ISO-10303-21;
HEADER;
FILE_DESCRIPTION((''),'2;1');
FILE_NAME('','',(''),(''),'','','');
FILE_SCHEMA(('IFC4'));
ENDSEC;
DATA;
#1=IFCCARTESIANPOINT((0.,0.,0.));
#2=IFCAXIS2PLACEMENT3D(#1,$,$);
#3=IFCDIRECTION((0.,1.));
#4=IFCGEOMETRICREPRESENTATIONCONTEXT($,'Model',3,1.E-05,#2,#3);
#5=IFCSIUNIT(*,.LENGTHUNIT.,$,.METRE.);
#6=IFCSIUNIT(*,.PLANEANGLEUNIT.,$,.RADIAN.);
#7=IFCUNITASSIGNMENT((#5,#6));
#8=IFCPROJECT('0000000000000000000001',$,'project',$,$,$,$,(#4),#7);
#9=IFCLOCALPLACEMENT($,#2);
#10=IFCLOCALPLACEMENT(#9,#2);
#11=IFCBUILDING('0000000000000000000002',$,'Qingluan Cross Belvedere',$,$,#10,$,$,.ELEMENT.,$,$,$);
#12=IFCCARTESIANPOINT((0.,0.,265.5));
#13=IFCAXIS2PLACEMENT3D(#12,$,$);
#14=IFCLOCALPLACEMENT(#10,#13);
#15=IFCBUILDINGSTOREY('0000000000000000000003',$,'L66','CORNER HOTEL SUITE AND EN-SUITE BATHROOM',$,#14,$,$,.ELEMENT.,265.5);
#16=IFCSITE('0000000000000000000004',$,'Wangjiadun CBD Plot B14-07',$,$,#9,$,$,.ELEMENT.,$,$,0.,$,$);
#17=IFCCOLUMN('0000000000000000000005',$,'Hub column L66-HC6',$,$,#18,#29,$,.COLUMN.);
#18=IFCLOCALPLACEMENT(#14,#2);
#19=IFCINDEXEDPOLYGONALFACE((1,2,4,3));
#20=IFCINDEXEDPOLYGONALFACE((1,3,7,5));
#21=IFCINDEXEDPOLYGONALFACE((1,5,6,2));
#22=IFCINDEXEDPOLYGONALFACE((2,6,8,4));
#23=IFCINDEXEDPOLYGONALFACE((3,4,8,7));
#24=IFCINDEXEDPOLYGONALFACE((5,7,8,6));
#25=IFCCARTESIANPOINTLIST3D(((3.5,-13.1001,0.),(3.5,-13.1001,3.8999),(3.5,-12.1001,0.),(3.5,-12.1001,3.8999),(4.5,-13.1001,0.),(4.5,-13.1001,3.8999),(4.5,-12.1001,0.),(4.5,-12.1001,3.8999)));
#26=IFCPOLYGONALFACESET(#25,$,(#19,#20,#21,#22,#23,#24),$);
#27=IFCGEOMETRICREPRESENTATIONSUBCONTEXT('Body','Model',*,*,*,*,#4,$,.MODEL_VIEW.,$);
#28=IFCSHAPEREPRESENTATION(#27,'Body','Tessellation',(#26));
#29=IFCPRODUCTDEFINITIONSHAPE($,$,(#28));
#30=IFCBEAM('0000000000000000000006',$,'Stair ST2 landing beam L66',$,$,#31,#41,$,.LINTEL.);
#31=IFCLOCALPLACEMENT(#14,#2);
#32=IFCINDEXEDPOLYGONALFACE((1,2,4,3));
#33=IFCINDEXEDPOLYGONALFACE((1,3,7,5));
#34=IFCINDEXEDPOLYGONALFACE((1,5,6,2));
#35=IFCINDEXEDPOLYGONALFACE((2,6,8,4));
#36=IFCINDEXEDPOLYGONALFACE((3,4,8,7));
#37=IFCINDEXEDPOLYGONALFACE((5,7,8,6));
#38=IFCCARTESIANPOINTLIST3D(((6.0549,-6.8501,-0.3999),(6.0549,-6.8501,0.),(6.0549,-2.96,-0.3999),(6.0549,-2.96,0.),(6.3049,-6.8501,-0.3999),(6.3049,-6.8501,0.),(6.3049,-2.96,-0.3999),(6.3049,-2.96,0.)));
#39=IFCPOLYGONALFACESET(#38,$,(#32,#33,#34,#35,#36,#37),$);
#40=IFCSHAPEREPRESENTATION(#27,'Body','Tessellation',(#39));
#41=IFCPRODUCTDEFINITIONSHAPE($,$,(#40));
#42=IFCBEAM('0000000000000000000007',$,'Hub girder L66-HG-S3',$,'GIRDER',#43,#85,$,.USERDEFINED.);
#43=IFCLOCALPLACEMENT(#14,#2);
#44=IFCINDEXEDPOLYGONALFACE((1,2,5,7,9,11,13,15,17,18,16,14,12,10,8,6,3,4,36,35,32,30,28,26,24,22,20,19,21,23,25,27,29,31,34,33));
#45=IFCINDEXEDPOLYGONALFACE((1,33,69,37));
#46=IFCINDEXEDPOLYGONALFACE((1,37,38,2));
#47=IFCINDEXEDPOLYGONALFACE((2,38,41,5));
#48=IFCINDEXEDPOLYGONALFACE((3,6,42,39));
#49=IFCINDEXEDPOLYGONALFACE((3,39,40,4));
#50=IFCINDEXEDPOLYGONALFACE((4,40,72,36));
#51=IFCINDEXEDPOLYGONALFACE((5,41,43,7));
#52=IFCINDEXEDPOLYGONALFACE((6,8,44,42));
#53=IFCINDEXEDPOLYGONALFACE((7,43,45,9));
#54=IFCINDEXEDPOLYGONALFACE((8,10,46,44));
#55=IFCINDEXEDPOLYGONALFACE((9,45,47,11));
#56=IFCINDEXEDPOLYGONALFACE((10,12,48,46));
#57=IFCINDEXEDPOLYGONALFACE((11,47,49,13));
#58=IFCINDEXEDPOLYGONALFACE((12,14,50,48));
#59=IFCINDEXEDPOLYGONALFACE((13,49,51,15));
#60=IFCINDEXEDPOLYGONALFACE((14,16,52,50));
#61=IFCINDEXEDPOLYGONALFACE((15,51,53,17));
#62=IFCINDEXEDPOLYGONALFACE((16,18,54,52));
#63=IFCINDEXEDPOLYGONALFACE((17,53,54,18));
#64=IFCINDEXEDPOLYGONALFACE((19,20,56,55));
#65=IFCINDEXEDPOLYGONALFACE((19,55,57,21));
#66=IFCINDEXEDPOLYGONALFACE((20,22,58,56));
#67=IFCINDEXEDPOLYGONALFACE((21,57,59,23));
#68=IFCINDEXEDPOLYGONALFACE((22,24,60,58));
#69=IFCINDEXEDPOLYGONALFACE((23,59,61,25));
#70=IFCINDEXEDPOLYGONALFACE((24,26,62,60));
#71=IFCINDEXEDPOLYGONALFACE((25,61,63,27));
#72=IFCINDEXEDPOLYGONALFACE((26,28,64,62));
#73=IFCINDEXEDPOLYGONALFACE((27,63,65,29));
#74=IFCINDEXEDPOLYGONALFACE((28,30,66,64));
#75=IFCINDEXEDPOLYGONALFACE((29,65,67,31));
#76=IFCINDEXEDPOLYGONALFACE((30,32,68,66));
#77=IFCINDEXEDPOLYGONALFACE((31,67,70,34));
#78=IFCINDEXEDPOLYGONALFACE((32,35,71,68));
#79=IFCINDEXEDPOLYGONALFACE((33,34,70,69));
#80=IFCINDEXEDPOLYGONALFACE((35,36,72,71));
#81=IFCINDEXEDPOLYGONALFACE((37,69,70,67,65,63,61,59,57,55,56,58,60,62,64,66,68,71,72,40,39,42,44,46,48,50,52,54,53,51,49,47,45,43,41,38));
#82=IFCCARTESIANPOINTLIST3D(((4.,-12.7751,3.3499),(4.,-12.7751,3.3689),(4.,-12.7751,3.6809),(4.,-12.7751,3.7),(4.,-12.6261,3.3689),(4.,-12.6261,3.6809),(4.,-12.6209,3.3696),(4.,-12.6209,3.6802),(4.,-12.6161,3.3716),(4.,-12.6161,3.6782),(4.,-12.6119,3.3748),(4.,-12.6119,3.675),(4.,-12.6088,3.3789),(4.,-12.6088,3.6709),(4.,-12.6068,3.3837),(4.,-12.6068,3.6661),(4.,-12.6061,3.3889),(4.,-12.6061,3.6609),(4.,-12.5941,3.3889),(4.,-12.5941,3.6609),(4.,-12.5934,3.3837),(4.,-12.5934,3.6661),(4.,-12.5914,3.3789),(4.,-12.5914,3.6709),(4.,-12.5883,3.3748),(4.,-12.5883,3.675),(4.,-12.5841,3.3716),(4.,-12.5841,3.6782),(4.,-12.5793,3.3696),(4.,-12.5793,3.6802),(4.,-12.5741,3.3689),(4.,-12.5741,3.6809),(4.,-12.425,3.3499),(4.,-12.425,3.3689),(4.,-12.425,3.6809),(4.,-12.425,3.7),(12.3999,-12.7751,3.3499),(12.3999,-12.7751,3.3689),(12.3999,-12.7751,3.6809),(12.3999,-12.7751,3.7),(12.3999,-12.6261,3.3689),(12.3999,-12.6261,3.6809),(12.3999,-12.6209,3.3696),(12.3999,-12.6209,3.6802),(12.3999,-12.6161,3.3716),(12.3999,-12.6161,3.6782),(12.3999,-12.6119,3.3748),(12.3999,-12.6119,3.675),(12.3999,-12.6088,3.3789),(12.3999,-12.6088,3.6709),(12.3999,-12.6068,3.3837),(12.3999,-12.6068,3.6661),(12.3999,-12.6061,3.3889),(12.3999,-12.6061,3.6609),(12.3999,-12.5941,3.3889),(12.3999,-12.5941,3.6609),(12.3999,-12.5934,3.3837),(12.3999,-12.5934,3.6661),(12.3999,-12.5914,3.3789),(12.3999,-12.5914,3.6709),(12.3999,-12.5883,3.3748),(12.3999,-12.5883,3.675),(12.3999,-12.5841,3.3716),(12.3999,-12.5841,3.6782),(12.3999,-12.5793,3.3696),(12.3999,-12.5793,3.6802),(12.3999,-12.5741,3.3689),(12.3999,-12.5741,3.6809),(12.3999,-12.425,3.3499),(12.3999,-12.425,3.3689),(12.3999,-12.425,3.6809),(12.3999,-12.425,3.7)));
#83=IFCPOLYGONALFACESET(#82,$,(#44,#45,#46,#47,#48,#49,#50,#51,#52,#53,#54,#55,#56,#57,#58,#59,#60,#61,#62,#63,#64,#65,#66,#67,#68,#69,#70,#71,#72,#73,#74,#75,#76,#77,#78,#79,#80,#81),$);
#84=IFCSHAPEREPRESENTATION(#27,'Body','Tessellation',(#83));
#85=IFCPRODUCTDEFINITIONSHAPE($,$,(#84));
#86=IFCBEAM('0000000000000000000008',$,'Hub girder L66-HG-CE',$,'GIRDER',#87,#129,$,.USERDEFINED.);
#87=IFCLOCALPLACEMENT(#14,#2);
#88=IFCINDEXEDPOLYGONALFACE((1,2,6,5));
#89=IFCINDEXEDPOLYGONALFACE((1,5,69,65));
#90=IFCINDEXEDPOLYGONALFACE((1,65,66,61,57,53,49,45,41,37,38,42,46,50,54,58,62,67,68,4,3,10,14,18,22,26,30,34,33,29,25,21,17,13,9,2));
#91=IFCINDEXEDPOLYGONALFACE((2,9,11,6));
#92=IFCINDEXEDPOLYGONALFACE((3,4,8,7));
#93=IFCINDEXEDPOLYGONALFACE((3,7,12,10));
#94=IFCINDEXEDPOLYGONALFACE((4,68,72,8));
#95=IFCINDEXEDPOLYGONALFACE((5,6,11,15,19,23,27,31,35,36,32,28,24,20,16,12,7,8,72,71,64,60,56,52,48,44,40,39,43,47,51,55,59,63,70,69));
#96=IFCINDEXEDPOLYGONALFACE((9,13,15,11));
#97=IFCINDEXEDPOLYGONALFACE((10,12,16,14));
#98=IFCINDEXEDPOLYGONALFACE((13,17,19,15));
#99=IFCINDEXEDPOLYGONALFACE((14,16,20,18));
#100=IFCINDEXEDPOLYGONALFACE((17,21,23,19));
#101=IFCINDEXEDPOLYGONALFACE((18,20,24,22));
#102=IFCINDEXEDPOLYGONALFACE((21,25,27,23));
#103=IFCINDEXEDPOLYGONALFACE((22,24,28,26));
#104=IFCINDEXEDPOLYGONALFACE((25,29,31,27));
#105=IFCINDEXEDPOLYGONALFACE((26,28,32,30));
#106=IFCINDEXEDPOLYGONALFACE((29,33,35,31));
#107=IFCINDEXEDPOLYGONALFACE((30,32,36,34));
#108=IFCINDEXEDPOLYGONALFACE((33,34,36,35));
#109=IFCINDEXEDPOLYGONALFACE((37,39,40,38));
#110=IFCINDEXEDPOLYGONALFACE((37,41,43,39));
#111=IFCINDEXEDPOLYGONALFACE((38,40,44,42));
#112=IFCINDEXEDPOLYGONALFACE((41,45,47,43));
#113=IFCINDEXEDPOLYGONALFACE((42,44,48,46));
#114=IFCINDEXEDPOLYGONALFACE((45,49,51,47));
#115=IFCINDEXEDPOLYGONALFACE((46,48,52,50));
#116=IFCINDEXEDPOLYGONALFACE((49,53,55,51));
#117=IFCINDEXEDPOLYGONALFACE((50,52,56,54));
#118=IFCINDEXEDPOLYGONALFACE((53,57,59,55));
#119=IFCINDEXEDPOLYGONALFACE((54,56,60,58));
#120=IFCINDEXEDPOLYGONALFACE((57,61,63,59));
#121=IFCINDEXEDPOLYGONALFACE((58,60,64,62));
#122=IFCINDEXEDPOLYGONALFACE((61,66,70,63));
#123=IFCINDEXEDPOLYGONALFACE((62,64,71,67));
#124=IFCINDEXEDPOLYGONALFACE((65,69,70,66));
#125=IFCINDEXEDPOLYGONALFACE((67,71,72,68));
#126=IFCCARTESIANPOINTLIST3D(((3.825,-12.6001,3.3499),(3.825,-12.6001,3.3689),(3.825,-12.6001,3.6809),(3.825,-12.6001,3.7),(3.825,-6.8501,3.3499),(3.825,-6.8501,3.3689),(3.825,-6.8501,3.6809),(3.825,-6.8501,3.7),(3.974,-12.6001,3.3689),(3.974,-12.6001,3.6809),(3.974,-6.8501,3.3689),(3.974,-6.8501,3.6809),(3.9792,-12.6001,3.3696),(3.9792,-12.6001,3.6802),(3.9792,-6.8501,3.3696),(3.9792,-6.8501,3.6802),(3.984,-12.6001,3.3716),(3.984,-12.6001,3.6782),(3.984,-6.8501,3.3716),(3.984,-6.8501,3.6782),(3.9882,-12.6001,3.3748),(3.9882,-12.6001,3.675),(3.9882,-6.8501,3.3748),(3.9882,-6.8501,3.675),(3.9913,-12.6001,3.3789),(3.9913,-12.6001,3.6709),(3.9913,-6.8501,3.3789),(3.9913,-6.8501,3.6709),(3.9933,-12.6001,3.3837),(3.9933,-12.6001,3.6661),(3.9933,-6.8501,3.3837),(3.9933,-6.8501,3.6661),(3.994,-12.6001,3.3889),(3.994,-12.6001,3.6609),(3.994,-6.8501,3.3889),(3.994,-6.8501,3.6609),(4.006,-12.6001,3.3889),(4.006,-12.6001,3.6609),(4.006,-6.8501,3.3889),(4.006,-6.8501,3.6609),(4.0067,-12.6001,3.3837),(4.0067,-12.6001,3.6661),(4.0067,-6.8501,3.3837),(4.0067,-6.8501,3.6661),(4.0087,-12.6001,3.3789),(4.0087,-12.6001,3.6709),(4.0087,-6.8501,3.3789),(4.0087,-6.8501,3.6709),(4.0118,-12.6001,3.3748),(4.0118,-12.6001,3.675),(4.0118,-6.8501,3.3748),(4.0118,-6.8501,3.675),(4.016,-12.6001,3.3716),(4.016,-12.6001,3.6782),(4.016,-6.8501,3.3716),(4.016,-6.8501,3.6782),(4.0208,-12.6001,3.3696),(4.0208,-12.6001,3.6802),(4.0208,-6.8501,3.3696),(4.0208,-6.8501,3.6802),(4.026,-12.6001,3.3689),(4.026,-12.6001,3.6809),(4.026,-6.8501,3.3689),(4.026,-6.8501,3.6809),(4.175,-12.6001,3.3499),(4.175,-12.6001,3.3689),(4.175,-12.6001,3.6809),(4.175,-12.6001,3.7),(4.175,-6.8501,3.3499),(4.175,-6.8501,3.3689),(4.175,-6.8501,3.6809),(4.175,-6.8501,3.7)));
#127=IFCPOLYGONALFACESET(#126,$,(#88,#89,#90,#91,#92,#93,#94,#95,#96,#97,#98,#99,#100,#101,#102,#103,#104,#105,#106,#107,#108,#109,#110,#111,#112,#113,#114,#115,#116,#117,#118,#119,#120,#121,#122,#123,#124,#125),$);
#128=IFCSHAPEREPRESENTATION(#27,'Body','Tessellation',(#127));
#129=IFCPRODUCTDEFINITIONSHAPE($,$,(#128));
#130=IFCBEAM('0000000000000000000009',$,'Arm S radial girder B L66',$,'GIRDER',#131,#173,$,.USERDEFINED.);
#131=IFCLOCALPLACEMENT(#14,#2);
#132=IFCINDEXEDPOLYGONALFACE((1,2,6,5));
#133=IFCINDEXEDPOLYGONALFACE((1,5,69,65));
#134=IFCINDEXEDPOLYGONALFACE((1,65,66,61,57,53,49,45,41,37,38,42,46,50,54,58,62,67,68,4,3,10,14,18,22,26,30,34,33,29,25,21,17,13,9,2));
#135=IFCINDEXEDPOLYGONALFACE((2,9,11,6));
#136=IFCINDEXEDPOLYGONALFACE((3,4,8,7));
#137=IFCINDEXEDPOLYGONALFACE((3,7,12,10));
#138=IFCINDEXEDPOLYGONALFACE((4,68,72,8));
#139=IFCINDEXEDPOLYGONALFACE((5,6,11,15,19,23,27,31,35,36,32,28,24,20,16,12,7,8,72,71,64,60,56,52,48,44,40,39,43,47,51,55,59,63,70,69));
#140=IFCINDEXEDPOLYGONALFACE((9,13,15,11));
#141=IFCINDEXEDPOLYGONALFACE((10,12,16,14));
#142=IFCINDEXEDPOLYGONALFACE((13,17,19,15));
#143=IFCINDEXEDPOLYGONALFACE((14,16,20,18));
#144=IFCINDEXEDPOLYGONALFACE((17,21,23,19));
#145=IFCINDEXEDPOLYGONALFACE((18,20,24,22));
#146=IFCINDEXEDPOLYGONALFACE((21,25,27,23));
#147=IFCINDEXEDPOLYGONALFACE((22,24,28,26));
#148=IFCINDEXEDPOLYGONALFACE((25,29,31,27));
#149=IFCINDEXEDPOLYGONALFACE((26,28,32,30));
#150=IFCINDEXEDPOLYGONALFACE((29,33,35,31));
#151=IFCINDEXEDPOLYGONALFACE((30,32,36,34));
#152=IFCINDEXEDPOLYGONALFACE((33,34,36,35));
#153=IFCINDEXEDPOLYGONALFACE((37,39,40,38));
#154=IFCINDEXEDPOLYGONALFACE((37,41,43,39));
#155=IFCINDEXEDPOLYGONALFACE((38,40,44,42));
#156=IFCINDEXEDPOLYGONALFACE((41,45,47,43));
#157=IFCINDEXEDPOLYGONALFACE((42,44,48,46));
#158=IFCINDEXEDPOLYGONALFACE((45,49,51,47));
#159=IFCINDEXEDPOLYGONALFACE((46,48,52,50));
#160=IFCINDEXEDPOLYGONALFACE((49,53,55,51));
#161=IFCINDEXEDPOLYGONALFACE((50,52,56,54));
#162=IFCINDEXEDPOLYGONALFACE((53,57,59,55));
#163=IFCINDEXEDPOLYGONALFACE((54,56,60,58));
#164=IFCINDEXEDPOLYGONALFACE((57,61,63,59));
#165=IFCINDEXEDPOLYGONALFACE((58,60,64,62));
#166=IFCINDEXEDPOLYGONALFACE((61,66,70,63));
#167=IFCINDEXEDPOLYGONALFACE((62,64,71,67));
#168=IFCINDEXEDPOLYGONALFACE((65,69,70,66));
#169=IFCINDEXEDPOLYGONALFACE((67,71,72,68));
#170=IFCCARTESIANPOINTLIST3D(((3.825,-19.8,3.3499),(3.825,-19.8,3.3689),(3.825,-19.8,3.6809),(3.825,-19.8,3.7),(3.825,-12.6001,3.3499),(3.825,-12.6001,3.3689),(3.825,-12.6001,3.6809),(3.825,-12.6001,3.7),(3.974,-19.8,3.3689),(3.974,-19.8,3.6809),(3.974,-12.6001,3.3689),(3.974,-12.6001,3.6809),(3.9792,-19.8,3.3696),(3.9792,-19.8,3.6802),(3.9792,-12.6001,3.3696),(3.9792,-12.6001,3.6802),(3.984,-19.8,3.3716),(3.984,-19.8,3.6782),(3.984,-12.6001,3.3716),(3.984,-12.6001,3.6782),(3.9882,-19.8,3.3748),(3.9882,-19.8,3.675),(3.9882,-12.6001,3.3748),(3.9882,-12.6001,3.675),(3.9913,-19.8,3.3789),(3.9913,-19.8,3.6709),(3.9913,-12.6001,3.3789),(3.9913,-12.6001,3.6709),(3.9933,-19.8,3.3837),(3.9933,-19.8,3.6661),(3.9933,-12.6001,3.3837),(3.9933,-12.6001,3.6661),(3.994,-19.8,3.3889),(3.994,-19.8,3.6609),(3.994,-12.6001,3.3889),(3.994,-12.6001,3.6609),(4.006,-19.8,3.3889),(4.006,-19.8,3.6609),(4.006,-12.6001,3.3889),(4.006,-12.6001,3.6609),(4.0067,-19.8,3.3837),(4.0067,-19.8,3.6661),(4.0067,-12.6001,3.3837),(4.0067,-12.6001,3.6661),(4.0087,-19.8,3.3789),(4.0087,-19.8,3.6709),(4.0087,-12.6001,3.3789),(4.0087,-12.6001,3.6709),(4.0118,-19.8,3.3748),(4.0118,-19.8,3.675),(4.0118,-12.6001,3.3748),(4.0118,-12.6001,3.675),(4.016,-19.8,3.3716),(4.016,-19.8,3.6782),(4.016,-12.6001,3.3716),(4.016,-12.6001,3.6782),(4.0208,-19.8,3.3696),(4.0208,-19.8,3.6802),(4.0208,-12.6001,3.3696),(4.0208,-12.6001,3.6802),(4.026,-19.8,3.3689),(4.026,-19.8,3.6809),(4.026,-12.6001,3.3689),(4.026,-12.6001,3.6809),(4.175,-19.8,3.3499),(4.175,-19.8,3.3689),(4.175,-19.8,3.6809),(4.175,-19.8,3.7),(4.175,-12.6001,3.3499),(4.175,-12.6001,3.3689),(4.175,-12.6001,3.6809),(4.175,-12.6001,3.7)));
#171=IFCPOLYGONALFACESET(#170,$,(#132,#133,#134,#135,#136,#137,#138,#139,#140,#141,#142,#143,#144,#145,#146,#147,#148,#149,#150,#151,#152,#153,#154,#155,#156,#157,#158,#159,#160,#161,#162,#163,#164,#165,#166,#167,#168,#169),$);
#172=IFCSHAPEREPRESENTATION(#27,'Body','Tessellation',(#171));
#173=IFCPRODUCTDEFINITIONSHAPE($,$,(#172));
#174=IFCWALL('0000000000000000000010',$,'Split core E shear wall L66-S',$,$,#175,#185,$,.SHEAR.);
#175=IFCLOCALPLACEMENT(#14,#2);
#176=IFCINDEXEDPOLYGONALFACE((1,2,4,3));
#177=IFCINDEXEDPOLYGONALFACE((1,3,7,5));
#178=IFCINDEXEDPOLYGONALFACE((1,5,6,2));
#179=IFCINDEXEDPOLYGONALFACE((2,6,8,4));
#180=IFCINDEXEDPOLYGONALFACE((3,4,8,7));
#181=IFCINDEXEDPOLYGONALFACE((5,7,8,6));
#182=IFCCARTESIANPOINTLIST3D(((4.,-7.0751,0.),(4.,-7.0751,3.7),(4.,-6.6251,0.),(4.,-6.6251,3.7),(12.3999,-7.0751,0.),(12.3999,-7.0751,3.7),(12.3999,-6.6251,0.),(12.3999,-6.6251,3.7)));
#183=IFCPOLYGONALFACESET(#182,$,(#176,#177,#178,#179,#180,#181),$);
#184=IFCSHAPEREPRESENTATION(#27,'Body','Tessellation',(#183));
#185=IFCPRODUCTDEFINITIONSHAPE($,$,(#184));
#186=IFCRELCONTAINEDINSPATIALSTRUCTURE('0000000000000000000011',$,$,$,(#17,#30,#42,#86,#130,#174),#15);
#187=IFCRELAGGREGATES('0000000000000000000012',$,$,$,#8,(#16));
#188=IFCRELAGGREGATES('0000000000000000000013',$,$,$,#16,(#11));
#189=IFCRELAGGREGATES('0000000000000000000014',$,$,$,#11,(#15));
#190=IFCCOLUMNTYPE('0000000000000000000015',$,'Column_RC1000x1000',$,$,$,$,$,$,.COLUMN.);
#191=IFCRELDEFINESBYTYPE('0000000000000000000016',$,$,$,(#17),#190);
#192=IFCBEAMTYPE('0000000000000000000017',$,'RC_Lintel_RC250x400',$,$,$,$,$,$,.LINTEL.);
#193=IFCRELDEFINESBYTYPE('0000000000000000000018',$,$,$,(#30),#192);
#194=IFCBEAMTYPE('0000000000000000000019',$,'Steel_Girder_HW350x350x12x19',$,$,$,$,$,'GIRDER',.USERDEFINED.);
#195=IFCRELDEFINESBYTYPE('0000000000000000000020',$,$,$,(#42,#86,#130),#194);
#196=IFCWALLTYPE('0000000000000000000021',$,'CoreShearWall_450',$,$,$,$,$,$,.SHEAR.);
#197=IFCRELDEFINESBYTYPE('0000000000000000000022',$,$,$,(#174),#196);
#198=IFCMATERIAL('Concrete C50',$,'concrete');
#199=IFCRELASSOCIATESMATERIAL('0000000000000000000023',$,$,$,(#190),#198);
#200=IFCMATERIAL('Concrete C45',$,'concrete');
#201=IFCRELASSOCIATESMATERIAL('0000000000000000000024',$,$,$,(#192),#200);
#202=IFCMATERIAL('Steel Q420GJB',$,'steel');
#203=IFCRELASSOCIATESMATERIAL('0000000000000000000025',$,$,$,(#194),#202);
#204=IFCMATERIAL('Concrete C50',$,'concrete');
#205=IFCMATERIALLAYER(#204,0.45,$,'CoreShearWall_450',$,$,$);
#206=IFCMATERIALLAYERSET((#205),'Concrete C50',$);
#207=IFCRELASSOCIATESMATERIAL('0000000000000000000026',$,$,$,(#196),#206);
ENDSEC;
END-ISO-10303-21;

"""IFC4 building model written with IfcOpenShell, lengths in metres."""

from ifc_helpers import new_model, si_unit, direction, frame, frame_2d, origin, origin_2d, place, context, subcontext, project, spatial, rectangle, i_section, extrude, material, layer, layer_set, material_profile, profile_set, type_object, element, save


model = new_model("IFC4")

# Units and contexts
model_context = context("Model", 3, precision=1e-05, world=origin(), true_north=direction((0.0, 1.0)))
body_context = subcontext(model_context, "Body", "Model", "MODEL_VIEW")
ifc_project = project(units=[si_unit("LENGTHUNIT", "METRE"), si_unit("PLANEANGLEUNIT", "RADIAN")], contexts=[model_context])

# Site, building, storey
site_placement = place(None, origin())
site = spatial("IfcSite", under=ifc_project, at=site_placement, Name="Wangjiadun CBD Plot B14-07", CompositionType="ELEMENT", RefElevation=0.0)
building_placement = place(site_placement, origin())
building = spatial("IfcBuilding", under=site, at=building_placement, Name="Qingluan Cross Belvedere", CompositionType="ELEMENT")
storey_placement = place(building_placement, frame((0.0, 0.0, 265.5)))
storey = spatial("IfcBuildingStorey", under=building, at=storey_placement, Name="L66", Description="CORNER HOTEL SUITE AND EN-SUITE BATHROOM", CompositionType="ELEMENT", Elevation=265.5)

# Column
ifc_material_1 = material(Name="Concrete C50", Category="concrete")
ifc_material_profile_1 = material_profile(ifc_material_1, rectangle(XDim=1.0, YDim=1.0, at=origin_2d()), Name="RC1000x1000")
ifc_profile_set_1 = profile_set([ifc_material_profile_1], Name="Concrete C50")
column_type = type_object("IfcColumnType", Name="Column_RC1000x1000", PredefinedType="COLUMN", material=ifc_profile_set_1)
column_placement = place(storey_placement, frame((4.0, -12.6001, 0.0), z_axis=(0.0, 0.0, 1.0), x_axis=(1.0, 0.0, 0.0)))
element("IfcColumn", 1, at=column_placement, inside=storey, type_object=column_type, Name="Hub column L66-HC6", PredefinedType="COLUMN", context=body_context, shape_type="SweptSolid", body=[
    extrude(rectangle(XDim=1.0, YDim=1.0, at=origin_2d()), origin(), (0.0, 0.0, 1.0), 3.8999),
])

# Beams
ifc_material_2 = material(Name="Concrete C45", Category="concrete")
ifc_material_profile_2 = material_profile(ifc_material_2, rectangle(XDim=0.25, YDim=0.3999, at=origin_2d()), Name="RC250x400")
ifc_profile_set_2 = profile_set([ifc_material_profile_2], Name="Concrete C45")
beam_type_1 = type_object("IfcBeamType", Name="RC_Lintel_RC250x400", PredefinedType="LINTEL", material=ifc_profile_set_2)
beam_1_placement = place(storey_placement, frame((6.1799, -6.8501, -0.2), z_axis=(0.0, 1.0, 0.0), x_axis=(-1.0, 0.0, 0.0)))
element("IfcBeam", 2, at=beam_1_placement, inside=storey, type_object=beam_type_1, Name="Stair ST2 landing beam L66", PredefinedType="LINTEL", context=body_context, shape_type="SweptSolid", body=[
    extrude(rectangle(XDim=0.25, YDim=0.3999, at=origin_2d()), origin(), (0.0, 0.0, 1.0), 3.8901),
])
ifc_material_3 = material(Name="Steel Q420GJB", Category="steel")
ifc_material_profile_3 = material_profile(ifc_material_3, i_section(OverallWidth=0.3501, OverallDepth=0.3501, WebThickness=0.012, FlangeThickness=0.019, FilletRadius=0.02, at=origin_2d()), Name="HW350x350x12x19")
ifc_profile_set_3 = profile_set([ifc_material_profile_3], Name="Steel Q420GJB")
beam_type_2 = type_object("IfcBeamType", Name="Steel_Girder_HW350x350x12x19", ElementType="GIRDER", PredefinedType="USERDEFINED", material=ifc_profile_set_3)
beam_2_placement = place(storey_placement, frame((4.0, -12.6001, 3.5249), z_axis=(1.0, 0.0, 0.0), x_axis=(0.0, 1.0, 0.0)))
element("IfcBeam", 3, at=beam_2_placement, inside=storey, type_object=beam_type_2, Name="Hub girder L66-HG-S3", ObjectType="GIRDER", PredefinedType="USERDEFINED", context=body_context, shape_type="SweptSolid", body=[
    extrude(i_section(OverallWidth=0.3501, OverallDepth=0.3501, WebThickness=0.012, FlangeThickness=0.019, FilletRadius=0.02, at=origin_2d()), origin(), (0.0, 0.0, 1.0), 8.3999),
])
beam_3_placement = place(storey_placement, frame((4.0, -12.6001, 3.5249), z_axis=(0.0, 1.0, 0.0), x_axis=(-1.0, 0.0, 0.0)))
element("IfcBeam", 4, at=beam_3_placement, inside=storey, type_object=beam_type_2, Name="Hub girder L66-HG-CE", ObjectType="GIRDER", PredefinedType="USERDEFINED", context=body_context, shape_type="SweptSolid", body=[
    extrude(i_section(OverallWidth=0.3501, OverallDepth=0.3501, WebThickness=0.012, FlangeThickness=0.019, FilletRadius=0.02, at=origin_2d()), origin(), (0.0, 0.0, 1.0), 5.75),
])
beam_4_placement = place(storey_placement, frame((4.0, -12.6001, 3.5249), z_axis=(0.0, -1.0, 0.0), x_axis=(1.0, 0.0, 0.0)))
element("IfcBeam", 5, at=beam_4_placement, inside=storey, type_object=beam_type_2, Name="Arm S radial girder B L66", ObjectType="GIRDER", PredefinedType="USERDEFINED", context=body_context, shape_type="SweptSolid", body=[
    extrude(i_section(OverallWidth=0.3501, OverallDepth=0.3501, WebThickness=0.012, FlangeThickness=0.019, FilletRadius=0.02, at=origin_2d()), origin(), (0.0, 0.0, 1.0), 7.2),
])

# Wall
ifc_material_4 = material(Name="Concrete C50", Category="concrete")
ifc_layer_1 = layer(ifc_material_4, 0.45, Name="CoreShearWall_450")
ifc_layer_set_1 = layer_set([ifc_layer_1], Name="Concrete C50")
wall_type_1 = type_object("IfcWallType", Name="CoreShearWall_450", PredefinedType="SHEAR", material=ifc_layer_set_1)
wall_1_placement = place(storey_placement, frame((4.0, -6.8501, 0.0), z_axis=(0.0, 0.0, 1.0), x_axis=(1.0, 0.0, 0.0)))
element("IfcWall", 6, at=wall_1_placement, inside=storey, type_object=wall_type_1, Name="Split core E shear wall L66-S", PredefinedType="SHEAR", context=body_context, shape_type="SweptSolid", body=[
    extrude(rectangle(XDim=8.3999, YDim=0.45, at=frame_2d((4.2, 0.0))), origin(), (0.0, 0.0, 1.0), 3.7),
])

save(model, "model.ifc")
